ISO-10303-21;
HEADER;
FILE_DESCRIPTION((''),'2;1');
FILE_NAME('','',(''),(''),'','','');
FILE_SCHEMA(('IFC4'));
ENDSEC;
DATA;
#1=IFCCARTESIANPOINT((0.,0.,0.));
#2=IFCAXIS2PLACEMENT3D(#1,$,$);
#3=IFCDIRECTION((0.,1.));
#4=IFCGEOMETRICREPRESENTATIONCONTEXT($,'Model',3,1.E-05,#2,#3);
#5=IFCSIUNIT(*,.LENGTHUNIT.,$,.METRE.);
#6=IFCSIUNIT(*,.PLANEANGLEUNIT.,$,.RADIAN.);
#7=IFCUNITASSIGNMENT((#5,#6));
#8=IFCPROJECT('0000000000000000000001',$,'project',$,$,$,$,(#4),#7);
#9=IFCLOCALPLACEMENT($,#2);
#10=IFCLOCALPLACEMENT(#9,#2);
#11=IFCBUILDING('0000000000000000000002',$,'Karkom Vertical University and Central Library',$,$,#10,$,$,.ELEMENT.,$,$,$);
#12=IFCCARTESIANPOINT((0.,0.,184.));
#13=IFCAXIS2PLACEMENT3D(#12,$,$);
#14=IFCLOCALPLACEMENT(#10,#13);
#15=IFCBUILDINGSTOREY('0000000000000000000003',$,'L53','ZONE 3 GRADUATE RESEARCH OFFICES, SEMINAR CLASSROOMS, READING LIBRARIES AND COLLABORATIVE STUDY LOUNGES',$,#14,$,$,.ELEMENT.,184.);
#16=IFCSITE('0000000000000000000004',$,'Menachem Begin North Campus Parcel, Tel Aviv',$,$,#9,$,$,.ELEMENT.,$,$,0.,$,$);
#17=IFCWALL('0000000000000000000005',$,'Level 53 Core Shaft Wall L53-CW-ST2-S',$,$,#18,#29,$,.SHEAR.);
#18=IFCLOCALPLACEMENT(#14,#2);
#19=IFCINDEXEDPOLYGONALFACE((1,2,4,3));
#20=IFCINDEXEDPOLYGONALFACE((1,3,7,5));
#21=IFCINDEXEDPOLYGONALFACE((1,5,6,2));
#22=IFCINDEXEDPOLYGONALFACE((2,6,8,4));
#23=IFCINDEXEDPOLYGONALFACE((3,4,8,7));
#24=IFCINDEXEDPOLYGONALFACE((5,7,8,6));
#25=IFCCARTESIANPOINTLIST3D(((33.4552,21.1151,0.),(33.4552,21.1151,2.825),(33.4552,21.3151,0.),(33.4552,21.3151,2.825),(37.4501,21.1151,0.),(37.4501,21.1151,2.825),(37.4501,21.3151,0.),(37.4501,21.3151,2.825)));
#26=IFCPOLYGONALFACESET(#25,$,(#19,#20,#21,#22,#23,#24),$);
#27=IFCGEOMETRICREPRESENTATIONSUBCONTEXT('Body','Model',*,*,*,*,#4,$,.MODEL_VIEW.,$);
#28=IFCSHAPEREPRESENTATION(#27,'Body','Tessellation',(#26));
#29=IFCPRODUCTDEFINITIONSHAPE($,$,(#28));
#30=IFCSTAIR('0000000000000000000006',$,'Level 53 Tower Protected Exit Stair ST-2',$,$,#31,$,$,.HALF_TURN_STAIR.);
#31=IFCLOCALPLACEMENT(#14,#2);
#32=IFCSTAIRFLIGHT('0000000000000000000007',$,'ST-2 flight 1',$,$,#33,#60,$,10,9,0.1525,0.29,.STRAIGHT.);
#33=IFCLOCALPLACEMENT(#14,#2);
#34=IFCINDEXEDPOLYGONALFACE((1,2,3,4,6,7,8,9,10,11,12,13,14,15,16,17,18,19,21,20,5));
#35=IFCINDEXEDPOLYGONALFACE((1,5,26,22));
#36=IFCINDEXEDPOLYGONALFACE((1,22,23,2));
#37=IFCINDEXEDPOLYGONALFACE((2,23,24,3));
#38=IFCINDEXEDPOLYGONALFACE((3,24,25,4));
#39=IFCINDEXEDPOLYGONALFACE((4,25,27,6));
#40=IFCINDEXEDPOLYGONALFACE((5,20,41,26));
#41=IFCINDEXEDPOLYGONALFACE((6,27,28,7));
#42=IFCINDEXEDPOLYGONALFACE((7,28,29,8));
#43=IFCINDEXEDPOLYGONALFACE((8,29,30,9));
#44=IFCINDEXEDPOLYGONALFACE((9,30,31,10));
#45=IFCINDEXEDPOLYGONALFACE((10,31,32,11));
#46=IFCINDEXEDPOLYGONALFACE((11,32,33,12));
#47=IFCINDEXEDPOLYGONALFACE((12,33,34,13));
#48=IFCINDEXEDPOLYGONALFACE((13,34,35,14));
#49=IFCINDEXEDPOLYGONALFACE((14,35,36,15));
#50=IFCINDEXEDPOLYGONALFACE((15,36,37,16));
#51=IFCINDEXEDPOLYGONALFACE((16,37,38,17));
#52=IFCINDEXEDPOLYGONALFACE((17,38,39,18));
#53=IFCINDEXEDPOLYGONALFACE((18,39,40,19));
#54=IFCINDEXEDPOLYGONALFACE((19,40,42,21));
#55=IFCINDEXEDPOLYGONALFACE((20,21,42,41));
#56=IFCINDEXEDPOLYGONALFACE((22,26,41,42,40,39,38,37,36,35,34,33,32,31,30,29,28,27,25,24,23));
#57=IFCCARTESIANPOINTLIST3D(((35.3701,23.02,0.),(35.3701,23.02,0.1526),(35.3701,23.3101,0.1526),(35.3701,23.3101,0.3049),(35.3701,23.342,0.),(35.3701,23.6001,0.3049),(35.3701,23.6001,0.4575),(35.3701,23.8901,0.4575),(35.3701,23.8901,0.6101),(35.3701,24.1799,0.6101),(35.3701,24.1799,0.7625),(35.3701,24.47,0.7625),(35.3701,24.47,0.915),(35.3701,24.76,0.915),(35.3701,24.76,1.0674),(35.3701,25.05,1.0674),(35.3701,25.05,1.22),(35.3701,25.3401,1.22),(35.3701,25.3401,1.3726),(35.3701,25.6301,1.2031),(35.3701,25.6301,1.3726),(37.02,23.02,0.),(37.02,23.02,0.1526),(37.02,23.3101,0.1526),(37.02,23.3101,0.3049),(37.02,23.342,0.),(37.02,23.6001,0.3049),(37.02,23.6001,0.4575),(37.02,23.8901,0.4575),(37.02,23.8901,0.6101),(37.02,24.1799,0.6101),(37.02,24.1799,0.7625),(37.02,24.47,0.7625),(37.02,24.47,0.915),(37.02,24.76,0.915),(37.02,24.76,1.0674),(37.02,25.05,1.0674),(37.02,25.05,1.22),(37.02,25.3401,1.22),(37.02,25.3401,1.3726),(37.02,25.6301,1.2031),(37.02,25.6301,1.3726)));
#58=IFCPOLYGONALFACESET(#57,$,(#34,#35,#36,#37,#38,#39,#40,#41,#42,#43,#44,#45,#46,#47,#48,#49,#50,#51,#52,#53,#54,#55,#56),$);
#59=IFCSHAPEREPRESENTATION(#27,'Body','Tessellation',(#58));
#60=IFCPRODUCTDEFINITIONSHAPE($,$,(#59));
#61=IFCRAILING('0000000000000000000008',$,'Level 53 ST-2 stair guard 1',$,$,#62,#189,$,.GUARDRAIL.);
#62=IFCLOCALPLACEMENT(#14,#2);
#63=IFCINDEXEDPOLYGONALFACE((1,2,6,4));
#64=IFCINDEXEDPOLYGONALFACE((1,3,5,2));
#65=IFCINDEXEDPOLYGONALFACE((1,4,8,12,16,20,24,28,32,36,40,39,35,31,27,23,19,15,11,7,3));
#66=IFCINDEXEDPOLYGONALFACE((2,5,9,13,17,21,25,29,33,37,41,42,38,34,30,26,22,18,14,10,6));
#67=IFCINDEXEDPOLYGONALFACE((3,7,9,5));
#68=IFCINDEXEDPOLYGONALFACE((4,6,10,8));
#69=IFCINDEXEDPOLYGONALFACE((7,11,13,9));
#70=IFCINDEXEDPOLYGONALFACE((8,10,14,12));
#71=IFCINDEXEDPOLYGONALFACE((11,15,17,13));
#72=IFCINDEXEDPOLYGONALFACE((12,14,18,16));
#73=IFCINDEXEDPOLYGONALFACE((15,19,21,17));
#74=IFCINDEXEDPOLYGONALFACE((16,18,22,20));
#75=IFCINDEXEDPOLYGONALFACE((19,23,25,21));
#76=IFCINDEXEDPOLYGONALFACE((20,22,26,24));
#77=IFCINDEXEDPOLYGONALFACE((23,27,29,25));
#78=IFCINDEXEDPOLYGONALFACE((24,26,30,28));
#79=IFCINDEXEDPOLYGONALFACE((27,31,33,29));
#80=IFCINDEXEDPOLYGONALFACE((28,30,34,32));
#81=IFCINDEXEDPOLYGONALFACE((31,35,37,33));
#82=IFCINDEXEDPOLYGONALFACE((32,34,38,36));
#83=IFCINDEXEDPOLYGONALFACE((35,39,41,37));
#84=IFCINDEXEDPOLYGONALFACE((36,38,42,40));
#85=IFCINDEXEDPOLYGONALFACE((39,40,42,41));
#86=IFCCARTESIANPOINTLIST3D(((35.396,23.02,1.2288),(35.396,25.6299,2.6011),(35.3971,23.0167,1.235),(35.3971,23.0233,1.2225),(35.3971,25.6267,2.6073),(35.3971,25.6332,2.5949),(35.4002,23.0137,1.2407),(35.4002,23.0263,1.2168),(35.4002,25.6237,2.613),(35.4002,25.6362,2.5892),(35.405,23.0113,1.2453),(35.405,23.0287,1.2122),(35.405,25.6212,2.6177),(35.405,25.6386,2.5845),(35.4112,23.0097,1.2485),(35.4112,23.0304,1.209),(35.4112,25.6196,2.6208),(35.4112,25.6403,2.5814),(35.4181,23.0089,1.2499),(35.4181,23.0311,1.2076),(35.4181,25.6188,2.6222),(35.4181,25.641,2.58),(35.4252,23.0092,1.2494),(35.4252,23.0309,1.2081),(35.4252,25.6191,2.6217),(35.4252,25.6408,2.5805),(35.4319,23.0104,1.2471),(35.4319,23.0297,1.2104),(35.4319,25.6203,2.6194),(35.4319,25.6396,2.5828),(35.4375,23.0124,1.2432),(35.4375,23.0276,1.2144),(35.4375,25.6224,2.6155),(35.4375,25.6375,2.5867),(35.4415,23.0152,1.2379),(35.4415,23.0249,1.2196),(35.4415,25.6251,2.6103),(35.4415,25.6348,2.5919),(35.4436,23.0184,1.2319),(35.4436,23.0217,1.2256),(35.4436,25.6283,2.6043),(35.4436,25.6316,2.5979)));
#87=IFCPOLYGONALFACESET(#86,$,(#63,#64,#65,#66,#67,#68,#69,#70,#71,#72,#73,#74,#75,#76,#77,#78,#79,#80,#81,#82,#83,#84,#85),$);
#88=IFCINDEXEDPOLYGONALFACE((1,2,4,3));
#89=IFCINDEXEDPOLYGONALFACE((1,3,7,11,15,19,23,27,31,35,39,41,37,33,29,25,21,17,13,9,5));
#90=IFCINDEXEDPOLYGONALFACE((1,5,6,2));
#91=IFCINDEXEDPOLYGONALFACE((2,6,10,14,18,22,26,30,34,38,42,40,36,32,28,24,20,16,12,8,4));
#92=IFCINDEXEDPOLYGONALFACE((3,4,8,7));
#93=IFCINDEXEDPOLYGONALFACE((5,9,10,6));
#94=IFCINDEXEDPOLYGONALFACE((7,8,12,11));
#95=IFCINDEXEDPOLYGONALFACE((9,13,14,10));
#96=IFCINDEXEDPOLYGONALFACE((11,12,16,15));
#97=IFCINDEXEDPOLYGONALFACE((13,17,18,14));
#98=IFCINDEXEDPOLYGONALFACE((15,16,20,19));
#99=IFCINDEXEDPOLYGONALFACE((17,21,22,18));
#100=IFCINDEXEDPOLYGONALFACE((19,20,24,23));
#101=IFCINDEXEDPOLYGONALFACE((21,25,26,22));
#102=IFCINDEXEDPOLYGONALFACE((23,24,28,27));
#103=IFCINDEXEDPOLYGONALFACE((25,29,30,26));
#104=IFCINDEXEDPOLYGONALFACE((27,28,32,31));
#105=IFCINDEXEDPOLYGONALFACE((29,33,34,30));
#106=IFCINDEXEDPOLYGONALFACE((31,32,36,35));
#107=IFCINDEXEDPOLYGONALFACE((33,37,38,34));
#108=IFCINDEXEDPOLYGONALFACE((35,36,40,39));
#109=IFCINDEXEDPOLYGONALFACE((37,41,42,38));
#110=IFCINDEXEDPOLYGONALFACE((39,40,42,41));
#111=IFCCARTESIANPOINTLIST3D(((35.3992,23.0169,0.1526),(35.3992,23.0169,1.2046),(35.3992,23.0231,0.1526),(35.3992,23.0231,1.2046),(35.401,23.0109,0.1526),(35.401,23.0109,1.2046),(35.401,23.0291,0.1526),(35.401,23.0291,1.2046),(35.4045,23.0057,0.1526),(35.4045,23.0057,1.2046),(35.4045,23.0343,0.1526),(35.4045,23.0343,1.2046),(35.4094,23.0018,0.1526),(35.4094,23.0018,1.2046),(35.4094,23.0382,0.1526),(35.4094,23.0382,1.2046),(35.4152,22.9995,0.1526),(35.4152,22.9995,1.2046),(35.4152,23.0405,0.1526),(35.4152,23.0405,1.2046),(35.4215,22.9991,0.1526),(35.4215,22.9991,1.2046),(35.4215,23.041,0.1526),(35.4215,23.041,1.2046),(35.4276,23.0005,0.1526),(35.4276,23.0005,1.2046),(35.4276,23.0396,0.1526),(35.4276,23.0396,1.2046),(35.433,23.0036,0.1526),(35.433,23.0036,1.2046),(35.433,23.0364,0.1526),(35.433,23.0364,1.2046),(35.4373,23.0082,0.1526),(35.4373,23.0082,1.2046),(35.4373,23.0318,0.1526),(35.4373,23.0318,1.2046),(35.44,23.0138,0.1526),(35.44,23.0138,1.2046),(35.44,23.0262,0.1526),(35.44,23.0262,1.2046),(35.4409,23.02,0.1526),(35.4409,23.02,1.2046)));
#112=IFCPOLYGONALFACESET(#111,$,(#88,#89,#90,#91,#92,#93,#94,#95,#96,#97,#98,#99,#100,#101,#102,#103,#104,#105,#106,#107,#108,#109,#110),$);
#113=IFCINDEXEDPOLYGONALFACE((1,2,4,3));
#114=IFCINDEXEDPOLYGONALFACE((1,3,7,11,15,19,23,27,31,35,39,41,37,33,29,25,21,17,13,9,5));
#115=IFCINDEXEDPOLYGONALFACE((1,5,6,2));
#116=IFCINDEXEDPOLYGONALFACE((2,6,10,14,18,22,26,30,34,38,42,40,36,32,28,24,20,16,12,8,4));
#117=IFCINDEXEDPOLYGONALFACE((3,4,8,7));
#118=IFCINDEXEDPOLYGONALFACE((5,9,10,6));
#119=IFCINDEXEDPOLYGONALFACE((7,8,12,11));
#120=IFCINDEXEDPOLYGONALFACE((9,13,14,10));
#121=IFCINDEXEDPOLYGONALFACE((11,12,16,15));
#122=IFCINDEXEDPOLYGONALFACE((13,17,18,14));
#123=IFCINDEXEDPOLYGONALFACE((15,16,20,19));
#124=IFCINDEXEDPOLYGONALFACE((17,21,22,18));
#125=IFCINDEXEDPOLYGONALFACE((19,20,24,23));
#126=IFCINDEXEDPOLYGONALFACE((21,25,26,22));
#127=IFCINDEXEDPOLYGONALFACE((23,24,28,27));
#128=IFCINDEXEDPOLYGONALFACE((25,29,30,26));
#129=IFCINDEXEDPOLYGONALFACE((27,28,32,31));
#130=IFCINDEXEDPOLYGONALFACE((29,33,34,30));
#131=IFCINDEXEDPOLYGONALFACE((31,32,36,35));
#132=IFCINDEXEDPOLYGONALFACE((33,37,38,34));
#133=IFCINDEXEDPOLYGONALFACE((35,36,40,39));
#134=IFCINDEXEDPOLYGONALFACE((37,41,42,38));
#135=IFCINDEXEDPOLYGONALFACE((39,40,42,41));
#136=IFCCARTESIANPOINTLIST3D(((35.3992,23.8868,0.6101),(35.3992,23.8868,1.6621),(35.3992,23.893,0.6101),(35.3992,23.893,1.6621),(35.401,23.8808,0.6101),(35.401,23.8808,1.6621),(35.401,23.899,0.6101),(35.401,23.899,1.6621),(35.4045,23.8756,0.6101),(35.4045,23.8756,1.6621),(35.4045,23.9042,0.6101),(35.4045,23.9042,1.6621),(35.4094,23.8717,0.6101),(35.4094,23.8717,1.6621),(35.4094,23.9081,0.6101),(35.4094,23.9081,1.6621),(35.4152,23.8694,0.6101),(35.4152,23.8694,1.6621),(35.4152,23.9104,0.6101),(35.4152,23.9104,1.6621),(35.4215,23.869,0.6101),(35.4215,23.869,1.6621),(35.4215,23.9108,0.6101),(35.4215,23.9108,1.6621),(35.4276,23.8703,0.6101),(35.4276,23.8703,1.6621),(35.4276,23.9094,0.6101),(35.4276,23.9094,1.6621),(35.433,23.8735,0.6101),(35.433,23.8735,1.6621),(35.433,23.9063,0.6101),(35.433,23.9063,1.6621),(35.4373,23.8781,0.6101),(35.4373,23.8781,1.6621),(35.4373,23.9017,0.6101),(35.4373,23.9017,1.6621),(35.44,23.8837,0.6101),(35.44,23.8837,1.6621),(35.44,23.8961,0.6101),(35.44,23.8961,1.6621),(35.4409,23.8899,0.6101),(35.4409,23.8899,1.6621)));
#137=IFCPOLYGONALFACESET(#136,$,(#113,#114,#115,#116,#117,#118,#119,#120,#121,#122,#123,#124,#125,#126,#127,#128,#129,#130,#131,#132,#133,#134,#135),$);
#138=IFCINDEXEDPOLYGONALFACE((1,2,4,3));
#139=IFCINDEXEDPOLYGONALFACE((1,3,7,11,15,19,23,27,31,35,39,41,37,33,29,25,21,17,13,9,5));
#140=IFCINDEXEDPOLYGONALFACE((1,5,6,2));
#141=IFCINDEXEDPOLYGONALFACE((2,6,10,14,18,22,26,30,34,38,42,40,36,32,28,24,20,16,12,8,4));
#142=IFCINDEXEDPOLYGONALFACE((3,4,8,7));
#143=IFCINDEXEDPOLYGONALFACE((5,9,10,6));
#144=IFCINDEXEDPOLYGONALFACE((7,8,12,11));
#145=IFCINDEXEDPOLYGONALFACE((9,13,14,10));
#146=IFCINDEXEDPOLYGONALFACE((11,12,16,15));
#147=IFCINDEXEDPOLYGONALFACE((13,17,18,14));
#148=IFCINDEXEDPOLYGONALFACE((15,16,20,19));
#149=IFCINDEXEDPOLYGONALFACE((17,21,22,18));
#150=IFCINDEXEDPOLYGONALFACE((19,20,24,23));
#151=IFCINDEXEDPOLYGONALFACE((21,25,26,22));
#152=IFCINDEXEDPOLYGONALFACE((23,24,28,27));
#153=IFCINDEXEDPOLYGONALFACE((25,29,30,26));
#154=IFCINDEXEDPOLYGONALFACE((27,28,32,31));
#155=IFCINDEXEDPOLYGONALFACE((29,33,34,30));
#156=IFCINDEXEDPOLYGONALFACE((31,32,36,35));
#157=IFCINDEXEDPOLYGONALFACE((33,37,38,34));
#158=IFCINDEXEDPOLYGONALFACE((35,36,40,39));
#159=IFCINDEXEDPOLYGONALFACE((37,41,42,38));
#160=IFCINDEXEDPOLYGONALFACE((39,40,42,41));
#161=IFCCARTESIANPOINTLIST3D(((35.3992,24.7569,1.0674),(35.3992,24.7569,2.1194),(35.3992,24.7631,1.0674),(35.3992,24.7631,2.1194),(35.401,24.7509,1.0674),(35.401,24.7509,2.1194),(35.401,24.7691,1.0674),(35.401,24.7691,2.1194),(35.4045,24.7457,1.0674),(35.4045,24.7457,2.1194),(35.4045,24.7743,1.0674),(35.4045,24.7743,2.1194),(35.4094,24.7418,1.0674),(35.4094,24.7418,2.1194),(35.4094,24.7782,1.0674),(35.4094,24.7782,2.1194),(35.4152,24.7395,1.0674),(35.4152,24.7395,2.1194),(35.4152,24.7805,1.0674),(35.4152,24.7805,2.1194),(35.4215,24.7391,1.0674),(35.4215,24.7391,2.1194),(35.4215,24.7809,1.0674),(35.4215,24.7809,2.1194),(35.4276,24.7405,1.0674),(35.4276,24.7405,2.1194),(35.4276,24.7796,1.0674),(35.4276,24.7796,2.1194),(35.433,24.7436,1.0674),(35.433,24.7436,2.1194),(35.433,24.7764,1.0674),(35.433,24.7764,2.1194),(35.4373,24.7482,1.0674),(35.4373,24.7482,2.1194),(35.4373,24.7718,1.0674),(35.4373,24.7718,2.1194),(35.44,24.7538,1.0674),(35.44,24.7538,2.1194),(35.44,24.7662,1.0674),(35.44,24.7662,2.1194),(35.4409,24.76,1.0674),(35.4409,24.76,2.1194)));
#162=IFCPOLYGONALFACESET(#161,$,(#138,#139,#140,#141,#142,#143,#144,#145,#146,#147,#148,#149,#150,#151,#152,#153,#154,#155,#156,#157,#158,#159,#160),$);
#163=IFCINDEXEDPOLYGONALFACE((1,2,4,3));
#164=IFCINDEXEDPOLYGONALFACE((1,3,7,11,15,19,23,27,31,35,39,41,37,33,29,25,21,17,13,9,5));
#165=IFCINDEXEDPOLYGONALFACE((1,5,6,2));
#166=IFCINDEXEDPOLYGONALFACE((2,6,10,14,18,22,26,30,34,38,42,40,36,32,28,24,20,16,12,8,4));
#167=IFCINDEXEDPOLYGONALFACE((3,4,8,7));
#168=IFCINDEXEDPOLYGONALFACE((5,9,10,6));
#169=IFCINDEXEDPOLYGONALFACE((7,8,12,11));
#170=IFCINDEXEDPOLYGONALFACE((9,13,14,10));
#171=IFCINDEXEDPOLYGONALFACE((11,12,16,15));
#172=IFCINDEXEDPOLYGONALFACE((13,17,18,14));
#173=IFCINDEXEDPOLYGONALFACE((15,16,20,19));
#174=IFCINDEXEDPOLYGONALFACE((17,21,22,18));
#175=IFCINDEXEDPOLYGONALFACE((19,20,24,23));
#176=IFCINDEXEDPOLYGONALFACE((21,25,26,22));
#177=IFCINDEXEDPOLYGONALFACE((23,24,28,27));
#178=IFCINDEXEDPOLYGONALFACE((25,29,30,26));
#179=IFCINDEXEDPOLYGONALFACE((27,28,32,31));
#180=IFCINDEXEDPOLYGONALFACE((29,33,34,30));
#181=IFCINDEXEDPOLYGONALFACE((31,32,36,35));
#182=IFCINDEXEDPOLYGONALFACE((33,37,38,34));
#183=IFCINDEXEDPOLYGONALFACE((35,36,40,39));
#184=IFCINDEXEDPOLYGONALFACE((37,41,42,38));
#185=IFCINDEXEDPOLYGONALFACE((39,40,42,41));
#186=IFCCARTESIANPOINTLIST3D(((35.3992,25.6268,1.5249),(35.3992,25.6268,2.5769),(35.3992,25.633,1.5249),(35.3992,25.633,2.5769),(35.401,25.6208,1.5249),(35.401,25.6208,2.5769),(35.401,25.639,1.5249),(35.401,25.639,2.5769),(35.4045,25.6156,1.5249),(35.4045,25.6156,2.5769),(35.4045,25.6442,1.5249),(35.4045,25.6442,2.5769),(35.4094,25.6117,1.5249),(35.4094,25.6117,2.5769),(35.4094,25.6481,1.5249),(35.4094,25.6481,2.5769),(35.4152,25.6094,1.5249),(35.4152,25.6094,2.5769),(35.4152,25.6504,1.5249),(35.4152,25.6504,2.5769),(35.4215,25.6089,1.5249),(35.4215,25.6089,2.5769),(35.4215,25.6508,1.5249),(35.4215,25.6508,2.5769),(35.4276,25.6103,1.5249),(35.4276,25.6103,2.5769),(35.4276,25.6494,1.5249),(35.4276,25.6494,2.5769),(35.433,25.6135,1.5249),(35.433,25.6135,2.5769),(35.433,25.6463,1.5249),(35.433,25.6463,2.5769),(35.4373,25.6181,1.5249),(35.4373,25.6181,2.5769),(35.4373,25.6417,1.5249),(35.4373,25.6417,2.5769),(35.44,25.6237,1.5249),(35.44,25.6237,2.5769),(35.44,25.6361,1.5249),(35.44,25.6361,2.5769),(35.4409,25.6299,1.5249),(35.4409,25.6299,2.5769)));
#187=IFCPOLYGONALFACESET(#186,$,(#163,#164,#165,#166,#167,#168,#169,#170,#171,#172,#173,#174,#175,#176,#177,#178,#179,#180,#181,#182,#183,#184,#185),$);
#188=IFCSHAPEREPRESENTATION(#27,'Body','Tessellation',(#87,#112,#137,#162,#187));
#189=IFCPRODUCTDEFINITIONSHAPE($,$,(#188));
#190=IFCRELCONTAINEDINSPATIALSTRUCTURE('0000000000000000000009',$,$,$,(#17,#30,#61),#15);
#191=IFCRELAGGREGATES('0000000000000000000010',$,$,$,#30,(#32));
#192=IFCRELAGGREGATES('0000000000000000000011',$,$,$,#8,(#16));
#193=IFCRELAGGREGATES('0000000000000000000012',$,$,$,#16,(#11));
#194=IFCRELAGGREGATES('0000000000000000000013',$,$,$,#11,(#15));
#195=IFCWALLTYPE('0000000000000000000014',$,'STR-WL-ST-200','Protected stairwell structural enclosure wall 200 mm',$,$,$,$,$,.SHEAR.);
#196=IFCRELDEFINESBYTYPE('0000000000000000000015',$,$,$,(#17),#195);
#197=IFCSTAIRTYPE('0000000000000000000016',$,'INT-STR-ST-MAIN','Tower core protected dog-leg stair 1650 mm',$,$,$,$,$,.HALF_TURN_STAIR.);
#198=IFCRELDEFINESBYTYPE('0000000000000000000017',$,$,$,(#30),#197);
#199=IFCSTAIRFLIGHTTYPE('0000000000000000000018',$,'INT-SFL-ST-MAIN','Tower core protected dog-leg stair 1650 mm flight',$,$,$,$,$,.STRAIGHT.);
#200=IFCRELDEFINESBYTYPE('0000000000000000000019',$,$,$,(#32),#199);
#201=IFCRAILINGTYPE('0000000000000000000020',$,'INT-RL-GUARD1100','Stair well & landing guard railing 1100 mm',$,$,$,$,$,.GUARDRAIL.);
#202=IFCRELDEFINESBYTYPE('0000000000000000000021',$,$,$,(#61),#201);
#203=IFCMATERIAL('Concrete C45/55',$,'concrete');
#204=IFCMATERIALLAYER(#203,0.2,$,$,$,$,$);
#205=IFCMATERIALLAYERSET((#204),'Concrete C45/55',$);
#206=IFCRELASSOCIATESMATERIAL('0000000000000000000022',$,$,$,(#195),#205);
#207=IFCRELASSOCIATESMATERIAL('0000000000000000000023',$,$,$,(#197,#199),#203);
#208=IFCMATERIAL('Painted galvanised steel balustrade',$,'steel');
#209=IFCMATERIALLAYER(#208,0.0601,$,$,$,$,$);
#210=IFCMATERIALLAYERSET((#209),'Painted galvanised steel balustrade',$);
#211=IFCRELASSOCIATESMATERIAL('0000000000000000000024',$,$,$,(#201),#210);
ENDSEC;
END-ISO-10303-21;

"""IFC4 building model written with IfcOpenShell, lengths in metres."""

from ifc_helpers import new_model, si_unit, direction, frame, frame_2d, origin, origin_2d, place, context, subcontext, project, spatial, polyline, rectangle, circle, outline, extrude, material, layer, layer_set, type_object, element, aggregate, save


model = new_model("IFC4")

# Units and contexts
model_context = context("Model", 3, precision=1e-05, world=origin(), true_north=direction((0.0, 1.0)))
body_context = subcontext(model_context, "Body", "Model", "MODEL_VIEW")
ifc_project = project(units=[si_unit("LENGTHUNIT", "METRE"), si_unit("PLANEANGLEUNIT", "RADIAN")], contexts=[model_context])

# Site, building, storey
site_placement = place(None, origin())
site = spatial("IfcSite", under=ifc_project, at=site_placement, Name="Menachem Begin North Campus Parcel, Tel Aviv", CompositionType="ELEMENT", RefElevation=0.0)
building_placement = place(site_placement, origin())
building = spatial("IfcBuilding", under=site, at=building_placement, Name="Karkom Vertical University and Central Library", CompositionType="ELEMENT")
storey_placement = place(building_placement, frame((0.0, 0.0, 184.0)))
storey = spatial("IfcBuildingStorey", under=building, at=storey_placement, Name="L53", Description="ZONE 3 GRADUATE RESEARCH OFFICES, SEMINAR CLASSROOMS, READING LIBRARIES AND COLLABORATIVE STUDY LOUNGES", CompositionType="ELEMENT", Elevation=184.0)

# Shared definitions
ifc_material_1 = material(Name="Concrete C45/55", Category="concrete")
ifc_layer_1 = layer(ifc_material_1, 0.2)
ifc_layer_set_1 = layer_set([ifc_layer_1], Name="Concrete C45/55")
wall_type_1 = type_object("IfcWallType", Name="STR-WL-ST-200", Description="Protected stairwell structural enclosure wall 200 mm", PredefinedType="SHEAR", material=ifc_layer_set_1)

# Wall
wall_1_placement = place(storey_placement, frame((33.4551, 21.2151, 0.0), z_axis=(0.0, 0.0, 1.0), x_axis=(1.0, 0.0, 0.0)))
element("IfcWall", 1, at=wall_1_placement, inside=storey, type_object=wall_type_1, Name="Level 53 Core Shaft Wall L53-CW-ST2-S", PredefinedType="SHEAR", context=body_context, shape_type="SweptSolid", body=[
    extrude(rectangle(XDim=3.9949, YDim=0.2, at=frame_2d((1.9976, 0.0))), origin(), (0.0, 0.0, 1.0), 2.825),
])

# Stair, stair flight
stair_type = type_object("IfcStairType", Name="INT-STR-ST-MAIN", Description="Tower core protected dog-leg stair 1650 mm", PredefinedType="HALF_TURN_STAIR", material=ifc_material_1)
stair_placement = place(storey_placement, origin())
stair = element("IfcStair", 2, at=stair_placement, inside=storey, type_object=stair_type, Name="Level 53 Tower Protected Exit Stair ST-2", PredefinedType="HALF_TURN_STAIR")
stair_flight_type = type_object("IfcStairFlightType", Name="INT-SFL-ST-MAIN", Description="Tower core protected dog-leg stair 1650 mm flight", PredefinedType="STRAIGHT", material=ifc_material_1)
stair_flight_placement = place(storey_placement, frame((36.1951, 23.02, 0.0), z_axis=(0.0, 0.0, 1.0), x_axis=(0.0, 1.0, 0.0)))
stair_flight = element("IfcStairFlight", 3, at=stair_flight_placement, type_object=stair_flight_type, Name="ST-2 flight 1", NumberOfRisers=10, NumberOfTreads=9, PredefinedType="STRAIGHT", RiserHeight=0.1525, TreadLength=0.29, context=body_context, shape_type="SweptSolid", body=[
    extrude(outline(polyline([(0.0, 0.0), (0.0, 0.1526), (0.29, 0.1526), (0.29, 0.3049), (0.5801, 0.3049), (0.5801, 0.4575), (0.8701, 0.4575), (0.8701, 0.6101), (1.1599, 0.6101), (1.1599, 0.7625), (1.45, 0.7625), (1.45, 0.915), (1.74, 0.915), (1.74, 1.0674), (2.03, 1.0674), (2.03, 1.22), (2.3201, 1.22), (2.3201, 1.3726), (2.6101, 1.3726), (2.6101, 1.5249), (2.6101, 1.2031), (0.322, 0.0), (0.0, 0.0)])), frame((0.0, 0.825, 0.0), z_axis=(0.0, -1.0, 0.0), x_axis=(1.0, 0.0, 0.0)), (0.0, 0.0, 1.0), 1.6499),
])
aggregate(stair, [stair_flight])

# Railing
ifc_material_2 = material(Name="Painted galvanised steel balustrade", Category="steel")
ifc_layer_2 = layer(ifc_material_2, 0.0601)
ifc_layer_set_2 = layer_set([ifc_layer_2], Name="Painted galvanised steel balustrade")
railing_type_1 = type_object("IfcRailingType", Name="INT-RL-GUARD1100", Description="Stair well & landing guard railing 1100 mm", PredefinedType="GUARDRAIL", material=ifc_layer_set_2)
railing_1_placement = place(storey_placement, frame((35.4199, 23.02, 0.1526)))
element("IfcRailing", 4, at=railing_1_placement, inside=storey, type_object=railing_type_1, Name="Level 53 ST-2 stair guard 1", PredefinedType="GUARDRAIL", context=body_context, shape_type="SweptSolid", body=[
    extrude(circle(Radius=0.0239, at=origin_2d()), frame((0.0, 0.0, 1.0762), z_axis=(0.0, 0.8851, 0.465402), x_axis=(-1.0, 0.0, 0.0)), (0.0, 0.0, 1.0), 2.9487),
    extrude(circle(Radius=0.021, at=origin_2d()), origin(), (0.0, 0.0, 1.0), 1.052),
    extrude(circle(Radius=0.021, at=origin_2d()), frame((0.0, 0.8699, 0.4575)), (0.0, 0.0, 1.0), 1.052),
    extrude(circle(Radius=0.021, at=origin_2d()), frame((0.0, 1.74, 0.9148)), (0.0, 0.0, 1.0), 1.052),
    extrude(circle(Radius=0.021, at=origin_2d()), frame((0.0, 2.6099, 1.3723)), (0.0, 0.0, 1.0), 1.052),
])

save(model, "model.ifc")
